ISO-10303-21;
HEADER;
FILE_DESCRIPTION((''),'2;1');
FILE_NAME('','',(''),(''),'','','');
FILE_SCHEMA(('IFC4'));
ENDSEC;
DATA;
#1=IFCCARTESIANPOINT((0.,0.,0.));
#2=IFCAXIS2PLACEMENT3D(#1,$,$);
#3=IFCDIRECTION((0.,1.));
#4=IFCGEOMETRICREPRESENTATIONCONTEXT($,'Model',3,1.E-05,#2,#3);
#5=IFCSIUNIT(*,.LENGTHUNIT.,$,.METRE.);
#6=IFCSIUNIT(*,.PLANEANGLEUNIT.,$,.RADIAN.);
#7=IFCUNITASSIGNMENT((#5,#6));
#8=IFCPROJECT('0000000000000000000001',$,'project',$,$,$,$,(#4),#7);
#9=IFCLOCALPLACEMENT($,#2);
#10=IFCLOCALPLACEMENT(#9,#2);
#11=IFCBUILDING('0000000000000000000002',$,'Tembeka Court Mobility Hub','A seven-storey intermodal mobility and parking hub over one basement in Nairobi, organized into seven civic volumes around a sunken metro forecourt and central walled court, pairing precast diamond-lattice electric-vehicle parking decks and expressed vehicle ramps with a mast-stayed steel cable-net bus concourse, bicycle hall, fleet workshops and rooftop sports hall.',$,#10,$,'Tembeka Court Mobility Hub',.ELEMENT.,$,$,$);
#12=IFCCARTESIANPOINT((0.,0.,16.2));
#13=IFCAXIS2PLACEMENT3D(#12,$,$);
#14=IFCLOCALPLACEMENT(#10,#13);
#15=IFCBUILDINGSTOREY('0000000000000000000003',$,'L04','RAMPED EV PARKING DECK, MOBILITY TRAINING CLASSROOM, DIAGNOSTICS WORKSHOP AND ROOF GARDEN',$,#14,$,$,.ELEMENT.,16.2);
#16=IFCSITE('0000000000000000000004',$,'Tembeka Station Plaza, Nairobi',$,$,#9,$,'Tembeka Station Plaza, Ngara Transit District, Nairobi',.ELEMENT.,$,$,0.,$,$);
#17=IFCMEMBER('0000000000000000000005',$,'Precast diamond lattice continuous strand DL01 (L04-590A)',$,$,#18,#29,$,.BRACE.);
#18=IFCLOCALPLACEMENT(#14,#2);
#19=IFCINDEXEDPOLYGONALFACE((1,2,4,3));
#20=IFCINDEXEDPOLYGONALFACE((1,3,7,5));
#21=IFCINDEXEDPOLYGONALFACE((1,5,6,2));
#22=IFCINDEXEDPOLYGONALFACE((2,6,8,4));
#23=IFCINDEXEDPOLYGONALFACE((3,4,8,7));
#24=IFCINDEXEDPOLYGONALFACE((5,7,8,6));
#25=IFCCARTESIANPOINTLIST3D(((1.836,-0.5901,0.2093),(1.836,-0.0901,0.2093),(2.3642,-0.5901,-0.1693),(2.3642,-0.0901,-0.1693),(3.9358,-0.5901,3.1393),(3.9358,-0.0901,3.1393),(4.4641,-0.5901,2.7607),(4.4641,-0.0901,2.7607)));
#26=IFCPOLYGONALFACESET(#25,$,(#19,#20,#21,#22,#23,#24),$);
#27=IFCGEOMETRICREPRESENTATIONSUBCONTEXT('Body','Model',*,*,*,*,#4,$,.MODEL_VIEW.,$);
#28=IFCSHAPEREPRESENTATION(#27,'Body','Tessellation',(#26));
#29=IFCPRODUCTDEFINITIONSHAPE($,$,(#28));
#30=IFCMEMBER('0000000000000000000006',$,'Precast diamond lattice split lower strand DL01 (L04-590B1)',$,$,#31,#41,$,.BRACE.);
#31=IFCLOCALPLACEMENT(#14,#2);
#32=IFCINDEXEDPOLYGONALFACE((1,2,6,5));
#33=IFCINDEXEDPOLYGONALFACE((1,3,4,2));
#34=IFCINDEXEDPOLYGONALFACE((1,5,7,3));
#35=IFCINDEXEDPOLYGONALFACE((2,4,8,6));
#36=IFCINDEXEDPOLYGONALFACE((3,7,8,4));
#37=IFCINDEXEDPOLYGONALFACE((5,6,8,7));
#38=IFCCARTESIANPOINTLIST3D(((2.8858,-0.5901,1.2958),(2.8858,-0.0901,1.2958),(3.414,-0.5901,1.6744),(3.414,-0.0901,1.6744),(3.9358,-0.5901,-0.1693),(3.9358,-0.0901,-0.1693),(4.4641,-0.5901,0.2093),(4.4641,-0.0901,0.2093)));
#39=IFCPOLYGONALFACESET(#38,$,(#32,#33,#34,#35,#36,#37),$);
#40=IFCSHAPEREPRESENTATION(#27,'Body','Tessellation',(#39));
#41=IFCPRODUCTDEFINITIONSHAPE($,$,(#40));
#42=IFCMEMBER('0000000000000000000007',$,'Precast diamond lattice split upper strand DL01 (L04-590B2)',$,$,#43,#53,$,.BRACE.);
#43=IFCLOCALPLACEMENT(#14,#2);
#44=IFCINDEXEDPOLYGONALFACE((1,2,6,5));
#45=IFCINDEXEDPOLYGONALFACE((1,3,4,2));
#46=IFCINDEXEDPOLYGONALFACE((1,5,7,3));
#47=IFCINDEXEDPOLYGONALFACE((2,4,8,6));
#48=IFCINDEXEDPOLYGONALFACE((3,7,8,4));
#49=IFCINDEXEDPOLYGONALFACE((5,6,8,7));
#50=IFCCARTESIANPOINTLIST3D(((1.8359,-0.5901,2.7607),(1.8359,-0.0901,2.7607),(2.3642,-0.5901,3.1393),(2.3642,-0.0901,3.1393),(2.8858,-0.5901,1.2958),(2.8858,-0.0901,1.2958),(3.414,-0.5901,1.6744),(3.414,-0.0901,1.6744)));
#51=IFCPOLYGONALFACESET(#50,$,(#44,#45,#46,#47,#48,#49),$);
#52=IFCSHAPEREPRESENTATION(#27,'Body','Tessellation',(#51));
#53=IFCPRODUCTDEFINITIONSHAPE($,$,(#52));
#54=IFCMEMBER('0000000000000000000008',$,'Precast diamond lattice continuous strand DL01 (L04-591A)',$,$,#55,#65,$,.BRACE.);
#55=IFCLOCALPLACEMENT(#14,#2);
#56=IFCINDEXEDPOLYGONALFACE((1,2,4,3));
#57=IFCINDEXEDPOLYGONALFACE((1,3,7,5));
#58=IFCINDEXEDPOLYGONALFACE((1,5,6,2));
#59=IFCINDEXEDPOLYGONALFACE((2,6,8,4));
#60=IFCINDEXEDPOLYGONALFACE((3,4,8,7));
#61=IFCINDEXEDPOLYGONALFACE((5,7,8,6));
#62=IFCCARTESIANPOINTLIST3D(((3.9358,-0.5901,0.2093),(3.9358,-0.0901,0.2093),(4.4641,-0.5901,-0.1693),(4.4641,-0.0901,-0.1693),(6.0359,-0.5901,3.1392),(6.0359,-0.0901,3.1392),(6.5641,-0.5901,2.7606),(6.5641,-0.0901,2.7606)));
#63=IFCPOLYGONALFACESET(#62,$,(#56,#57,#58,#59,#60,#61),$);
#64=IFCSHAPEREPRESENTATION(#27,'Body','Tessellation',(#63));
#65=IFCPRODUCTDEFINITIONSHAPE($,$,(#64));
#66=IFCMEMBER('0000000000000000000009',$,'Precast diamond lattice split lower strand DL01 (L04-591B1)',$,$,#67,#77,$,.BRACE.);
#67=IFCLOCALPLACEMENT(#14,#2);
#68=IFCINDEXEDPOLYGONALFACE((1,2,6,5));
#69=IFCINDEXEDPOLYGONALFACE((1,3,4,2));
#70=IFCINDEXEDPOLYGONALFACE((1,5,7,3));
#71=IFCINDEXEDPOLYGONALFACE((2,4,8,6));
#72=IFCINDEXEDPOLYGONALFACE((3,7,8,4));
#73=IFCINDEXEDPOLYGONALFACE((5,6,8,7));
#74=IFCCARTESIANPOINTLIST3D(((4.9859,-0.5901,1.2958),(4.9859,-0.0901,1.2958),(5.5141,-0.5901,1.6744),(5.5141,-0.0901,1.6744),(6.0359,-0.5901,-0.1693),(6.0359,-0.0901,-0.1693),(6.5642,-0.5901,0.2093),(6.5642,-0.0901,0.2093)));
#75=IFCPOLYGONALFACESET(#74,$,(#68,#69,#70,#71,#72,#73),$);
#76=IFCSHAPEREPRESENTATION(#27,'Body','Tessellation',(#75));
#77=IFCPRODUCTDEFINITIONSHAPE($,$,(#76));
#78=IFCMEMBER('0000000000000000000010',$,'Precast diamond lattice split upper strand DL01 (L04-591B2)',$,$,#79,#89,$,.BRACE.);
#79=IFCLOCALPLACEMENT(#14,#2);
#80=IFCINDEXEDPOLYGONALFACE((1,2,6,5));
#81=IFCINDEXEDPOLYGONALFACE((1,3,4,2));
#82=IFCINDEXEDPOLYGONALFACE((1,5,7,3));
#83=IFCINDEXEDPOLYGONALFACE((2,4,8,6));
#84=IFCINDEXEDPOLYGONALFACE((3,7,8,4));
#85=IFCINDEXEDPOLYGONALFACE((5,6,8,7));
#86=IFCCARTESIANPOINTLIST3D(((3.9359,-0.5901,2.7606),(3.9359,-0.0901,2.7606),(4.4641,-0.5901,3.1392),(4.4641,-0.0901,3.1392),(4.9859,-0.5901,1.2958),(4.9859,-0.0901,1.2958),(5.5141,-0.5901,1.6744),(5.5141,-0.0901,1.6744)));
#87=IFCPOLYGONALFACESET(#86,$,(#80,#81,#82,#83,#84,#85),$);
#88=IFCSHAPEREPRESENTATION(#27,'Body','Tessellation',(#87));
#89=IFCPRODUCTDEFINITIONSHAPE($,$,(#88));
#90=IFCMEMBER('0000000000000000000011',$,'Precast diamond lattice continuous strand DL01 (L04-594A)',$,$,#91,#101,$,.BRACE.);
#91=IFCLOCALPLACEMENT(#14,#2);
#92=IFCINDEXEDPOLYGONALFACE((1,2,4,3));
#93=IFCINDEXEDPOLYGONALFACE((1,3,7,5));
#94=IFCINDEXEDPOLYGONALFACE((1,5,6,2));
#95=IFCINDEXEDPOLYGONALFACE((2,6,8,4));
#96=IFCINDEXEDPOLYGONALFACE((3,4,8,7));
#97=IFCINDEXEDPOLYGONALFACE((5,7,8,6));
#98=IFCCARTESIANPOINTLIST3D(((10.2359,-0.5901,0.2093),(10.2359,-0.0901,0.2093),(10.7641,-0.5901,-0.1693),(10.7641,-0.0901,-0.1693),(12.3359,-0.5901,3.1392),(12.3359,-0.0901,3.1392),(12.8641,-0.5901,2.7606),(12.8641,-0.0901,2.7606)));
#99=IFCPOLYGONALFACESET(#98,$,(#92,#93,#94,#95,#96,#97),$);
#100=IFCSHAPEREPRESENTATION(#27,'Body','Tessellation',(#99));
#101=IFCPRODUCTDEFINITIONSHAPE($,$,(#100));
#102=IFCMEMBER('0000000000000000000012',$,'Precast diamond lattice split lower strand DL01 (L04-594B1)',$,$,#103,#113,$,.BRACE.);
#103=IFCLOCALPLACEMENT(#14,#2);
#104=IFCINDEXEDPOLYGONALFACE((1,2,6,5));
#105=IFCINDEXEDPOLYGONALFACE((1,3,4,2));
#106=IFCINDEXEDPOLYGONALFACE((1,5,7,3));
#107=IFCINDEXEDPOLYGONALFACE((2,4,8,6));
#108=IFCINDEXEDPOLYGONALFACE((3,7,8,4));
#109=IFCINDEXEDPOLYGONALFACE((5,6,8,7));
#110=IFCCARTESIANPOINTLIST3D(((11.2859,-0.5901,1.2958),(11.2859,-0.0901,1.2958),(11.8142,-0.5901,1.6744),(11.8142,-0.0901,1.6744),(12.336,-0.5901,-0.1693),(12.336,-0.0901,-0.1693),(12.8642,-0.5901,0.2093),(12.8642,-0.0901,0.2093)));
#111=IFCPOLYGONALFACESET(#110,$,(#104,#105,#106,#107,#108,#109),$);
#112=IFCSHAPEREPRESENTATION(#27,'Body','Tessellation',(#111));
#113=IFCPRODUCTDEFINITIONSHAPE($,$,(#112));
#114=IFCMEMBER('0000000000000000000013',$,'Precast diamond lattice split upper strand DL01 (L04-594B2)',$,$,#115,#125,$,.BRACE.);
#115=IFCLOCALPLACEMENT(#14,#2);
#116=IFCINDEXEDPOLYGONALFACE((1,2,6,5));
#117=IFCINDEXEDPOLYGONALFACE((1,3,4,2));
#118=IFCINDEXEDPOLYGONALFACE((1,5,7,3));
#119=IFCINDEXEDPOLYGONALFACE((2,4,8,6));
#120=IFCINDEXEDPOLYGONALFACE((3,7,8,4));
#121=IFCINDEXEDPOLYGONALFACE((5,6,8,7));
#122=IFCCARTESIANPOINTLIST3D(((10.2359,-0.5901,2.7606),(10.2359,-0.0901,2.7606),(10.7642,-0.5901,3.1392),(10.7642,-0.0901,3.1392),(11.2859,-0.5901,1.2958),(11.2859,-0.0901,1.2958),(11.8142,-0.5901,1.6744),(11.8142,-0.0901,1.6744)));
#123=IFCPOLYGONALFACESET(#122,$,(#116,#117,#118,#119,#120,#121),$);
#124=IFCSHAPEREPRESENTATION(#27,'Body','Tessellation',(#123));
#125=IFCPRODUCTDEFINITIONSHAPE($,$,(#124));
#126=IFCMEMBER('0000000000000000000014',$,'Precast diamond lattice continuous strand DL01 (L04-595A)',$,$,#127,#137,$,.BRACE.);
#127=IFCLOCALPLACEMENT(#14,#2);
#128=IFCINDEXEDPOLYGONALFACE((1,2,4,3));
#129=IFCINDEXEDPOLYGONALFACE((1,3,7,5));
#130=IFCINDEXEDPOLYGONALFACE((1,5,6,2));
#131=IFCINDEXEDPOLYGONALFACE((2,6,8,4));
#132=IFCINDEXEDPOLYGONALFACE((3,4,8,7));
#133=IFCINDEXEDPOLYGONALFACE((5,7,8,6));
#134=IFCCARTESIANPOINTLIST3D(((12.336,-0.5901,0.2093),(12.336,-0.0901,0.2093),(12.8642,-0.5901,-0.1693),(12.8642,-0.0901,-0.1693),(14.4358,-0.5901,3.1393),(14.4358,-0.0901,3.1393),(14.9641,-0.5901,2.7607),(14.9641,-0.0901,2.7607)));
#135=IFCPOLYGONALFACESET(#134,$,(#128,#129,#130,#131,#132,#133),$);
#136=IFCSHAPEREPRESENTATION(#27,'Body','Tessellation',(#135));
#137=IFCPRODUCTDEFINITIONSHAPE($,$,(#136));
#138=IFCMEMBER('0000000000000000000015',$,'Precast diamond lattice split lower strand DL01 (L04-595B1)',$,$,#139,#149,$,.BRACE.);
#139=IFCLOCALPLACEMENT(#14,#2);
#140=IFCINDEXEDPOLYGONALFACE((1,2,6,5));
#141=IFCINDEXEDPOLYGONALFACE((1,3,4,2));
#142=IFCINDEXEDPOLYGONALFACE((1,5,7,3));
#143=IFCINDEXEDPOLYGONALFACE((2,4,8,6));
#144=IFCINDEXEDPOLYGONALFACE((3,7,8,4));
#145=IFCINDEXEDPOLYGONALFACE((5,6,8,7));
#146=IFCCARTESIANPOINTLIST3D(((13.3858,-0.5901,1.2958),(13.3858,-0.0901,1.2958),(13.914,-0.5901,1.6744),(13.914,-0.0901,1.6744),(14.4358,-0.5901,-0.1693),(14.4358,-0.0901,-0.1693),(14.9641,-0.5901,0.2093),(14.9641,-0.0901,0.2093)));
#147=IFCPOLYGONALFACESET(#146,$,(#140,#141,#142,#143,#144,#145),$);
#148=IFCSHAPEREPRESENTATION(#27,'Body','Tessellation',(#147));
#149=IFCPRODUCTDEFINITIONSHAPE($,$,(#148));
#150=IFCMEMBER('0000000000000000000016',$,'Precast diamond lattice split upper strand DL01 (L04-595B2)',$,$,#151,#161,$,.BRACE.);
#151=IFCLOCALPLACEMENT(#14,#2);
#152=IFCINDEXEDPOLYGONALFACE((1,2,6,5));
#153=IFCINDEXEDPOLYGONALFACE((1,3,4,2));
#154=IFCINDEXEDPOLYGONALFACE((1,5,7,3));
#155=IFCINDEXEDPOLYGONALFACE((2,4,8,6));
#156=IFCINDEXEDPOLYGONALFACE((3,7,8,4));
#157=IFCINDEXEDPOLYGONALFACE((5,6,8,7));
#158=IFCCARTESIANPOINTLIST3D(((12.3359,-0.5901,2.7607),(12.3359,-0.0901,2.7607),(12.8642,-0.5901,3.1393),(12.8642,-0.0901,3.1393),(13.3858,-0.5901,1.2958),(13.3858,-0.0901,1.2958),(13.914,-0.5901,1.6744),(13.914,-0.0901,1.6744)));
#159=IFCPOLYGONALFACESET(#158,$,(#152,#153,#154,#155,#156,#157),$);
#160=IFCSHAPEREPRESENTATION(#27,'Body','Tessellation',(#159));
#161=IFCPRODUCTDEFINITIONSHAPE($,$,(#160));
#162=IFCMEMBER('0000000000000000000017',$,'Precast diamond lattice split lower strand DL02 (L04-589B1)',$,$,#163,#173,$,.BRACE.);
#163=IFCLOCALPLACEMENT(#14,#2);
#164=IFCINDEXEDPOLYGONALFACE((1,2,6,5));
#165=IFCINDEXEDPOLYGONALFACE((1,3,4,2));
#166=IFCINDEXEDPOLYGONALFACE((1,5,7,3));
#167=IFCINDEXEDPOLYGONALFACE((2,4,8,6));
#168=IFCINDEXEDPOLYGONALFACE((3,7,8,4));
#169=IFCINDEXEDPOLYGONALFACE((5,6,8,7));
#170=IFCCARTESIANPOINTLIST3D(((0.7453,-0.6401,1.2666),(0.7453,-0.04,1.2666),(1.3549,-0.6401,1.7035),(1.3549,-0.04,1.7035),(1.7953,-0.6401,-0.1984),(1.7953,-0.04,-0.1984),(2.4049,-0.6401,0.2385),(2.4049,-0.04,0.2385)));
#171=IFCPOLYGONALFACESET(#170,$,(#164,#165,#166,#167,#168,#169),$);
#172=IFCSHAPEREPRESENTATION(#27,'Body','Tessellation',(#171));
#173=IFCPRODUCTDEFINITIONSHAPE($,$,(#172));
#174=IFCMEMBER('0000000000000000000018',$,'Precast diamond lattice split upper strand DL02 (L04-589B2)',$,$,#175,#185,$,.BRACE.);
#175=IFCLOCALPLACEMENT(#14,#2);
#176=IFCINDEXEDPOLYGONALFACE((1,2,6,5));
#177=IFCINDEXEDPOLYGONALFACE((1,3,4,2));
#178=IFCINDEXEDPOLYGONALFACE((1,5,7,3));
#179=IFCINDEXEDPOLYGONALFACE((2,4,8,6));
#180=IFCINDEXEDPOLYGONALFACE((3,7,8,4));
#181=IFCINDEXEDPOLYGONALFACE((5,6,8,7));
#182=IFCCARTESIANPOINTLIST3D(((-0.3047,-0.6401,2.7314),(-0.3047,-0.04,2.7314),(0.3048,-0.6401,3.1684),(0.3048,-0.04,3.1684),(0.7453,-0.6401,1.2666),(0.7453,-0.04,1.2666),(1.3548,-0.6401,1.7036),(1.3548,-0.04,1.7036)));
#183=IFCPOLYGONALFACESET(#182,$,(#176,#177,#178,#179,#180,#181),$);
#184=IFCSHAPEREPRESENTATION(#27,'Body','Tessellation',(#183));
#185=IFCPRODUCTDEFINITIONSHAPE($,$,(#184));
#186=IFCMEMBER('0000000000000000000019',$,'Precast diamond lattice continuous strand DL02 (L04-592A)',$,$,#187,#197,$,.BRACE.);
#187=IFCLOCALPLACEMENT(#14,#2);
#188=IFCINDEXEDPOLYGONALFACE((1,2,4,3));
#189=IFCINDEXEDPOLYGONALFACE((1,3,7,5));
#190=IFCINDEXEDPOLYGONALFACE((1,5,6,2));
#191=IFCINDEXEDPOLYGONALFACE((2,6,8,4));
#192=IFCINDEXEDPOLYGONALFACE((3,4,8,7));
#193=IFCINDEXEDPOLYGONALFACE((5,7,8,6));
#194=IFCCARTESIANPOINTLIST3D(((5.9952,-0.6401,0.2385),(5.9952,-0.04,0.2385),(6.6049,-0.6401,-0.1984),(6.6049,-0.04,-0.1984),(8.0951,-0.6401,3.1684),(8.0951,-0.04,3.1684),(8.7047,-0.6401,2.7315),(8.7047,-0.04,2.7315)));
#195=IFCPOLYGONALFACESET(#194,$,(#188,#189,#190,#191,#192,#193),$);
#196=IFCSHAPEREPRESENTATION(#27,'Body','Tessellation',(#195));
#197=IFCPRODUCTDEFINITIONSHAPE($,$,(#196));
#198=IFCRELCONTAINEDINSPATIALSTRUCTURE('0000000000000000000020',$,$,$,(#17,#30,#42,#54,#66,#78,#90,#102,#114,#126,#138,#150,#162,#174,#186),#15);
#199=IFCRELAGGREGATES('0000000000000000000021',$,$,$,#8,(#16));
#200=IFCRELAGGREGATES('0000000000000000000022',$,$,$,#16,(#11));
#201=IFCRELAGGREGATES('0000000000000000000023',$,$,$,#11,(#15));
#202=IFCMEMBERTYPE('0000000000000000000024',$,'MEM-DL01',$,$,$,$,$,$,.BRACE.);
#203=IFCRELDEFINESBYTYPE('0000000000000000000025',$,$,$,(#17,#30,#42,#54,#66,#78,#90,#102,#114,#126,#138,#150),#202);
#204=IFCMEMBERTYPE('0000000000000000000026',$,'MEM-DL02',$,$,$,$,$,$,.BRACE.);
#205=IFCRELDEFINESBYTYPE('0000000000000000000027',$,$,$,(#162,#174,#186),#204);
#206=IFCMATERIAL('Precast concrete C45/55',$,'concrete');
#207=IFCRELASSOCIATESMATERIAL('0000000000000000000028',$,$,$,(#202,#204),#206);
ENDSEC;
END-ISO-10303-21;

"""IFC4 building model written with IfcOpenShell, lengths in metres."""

from ifc_helpers import new_model, si_unit, direction, frame, origin, origin_2d, place, context, subcontext, project, spatial, rectangle, extrude, material, material_profile, profile_set, type_object, element, save


model = new_model("IFC4")

# Units and contexts
model_context = context("Model", 3, precision=1e-05, world=origin(), true_north=direction((0.0, 1.0)))
body_context = subcontext(model_context, "Body", "Model", "MODEL_VIEW")
ifc_project = project(units=[si_unit("LENGTHUNIT", "METRE"), si_unit("PLANEANGLEUNIT", "RADIAN")], contexts=[model_context])

# Site, building, storey
site_placement = place(None, origin())
site = spatial("IfcSite", under=ifc_project, at=site_placement, Name="Tembeka Station Plaza, Nairobi", LongName="Tembeka Station Plaza, Ngara Transit District, Nairobi", CompositionType="ELEMENT", RefElevation=0.0)
building_placement = place(site_placement, origin())
building = spatial("IfcBuilding", under=site, at=building_placement, Name="Tembeka Court Mobility Hub", Description="A seven-storey intermodal mobility and parking hub over one basement in Nairobi, organized into seven civic volumes around a sunken metro forecourt and central walled court, pairing precast diamond-lattice electric-vehicle parking decks and expressed vehicle ramps with a mast-stayed steel cable-net bus concourse, bicycle hall, fleet workshops and rooftop sports hall.", LongName="Tembeka Court Mobility Hub", CompositionType="ELEMENT")
storey_placement = place(building_placement, frame((0.0, 0.0, 16.2)))
storey = spatial("IfcBuildingStorey", under=building, at=storey_placement, Name="L04", Description="RAMPED EV PARKING DECK, MOBILITY TRAINING CLASSROOM, DIAGNOSTICS WORKSHOP AND ROOF GARDEN", CompositionType="ELEMENT", Elevation=16.2)

# Members
ifc_material_1 = material(Name="Precast concrete C45/55", Category="concrete")
ifc_material_profile_1 = material_profile(ifc_material_1, rectangle(XDim=0.5, YDim=0.6499, at=origin_2d()), Name="PC-DIAG 500x650")
ifc_profile_set_1 = profile_set([ifc_material_profile_1], Name="Precast concrete C45/55")
member_type_1 = type_object("IfcMemberType", Name="MEM-DL01", PredefinedType="BRACE", material=ifc_profile_set_1)
member_1_placement = place(storey_placement, frame((2.1001, -0.3401, 0.02), z_axis=(0.582532, 0.0, 0.812808), x_axis=(0.0, 1.0, 0.0)))
element("IfcMember", 1, at=member_1_placement, inside=storey, type_object=member_type_1, Name="Precast diamond lattice continuous strand DL01 (L04-590A)", PredefinedType="BRACE", context=body_context, shape_type="SweptSolid", body=[
    extrude(rectangle(XDim=0.5, YDim=0.6499, at=origin_2d()), origin(), (0.0, 0.0, 1.0), 3.6047),
])
member_2_placement = place(storey_placement, frame((4.2, -0.3401, 0.02), z_axis=(-0.582544, 0.0, 0.812799), x_axis=(0.0, -1.0, 0.0)))
element("IfcMember", 2, at=member_2_placement, inside=storey, type_object=member_type_1, Name="Precast diamond lattice split lower strand DL01 (L04-590B1)", PredefinedType="BRACE", context=body_context, shape_type="SweptSolid", body=[
    extrude(rectangle(XDim=0.5, YDim=0.6499, at=origin_2d()), origin(), (0.0, 0.0, 1.0), 1.8025),
])
member_3_placement = place(storey_placement, frame((3.1499, -0.3401, 1.4851), z_axis=(-0.582519, 0.0, 0.812817), x_axis=(0.0, -1.0, 0.0)))
element("IfcMember", 3, at=member_3_placement, inside=storey, type_object=member_type_1, Name="Precast diamond lattice split upper strand DL01 (L04-590B2)", PredefinedType="BRACE", context=body_context, shape_type="SweptSolid", body=[
    extrude(rectangle(XDim=0.5, YDim=0.6499, at=origin_2d()), origin(), (0.0, 0.0, 1.0), 1.8022),
])
member_4_placement = place(storey_placement, frame((4.2, -0.3401, 0.02), z_axis=(0.582576, 0.0, 0.812776), x_axis=(0.0, 1.0, 0.0)))
element("IfcMember", 4, at=member_4_placement, inside=storey, type_object=member_type_1, Name="Precast diamond lattice continuous strand DL01 (L04-591A)", PredefinedType="BRACE", context=body_context, shape_type="SweptSolid", body=[
    extrude(rectangle(XDim=0.5, YDim=0.6499, at=origin_2d()), origin(), (0.0, 0.0, 1.0), 3.6047),
])
member_5_placement = place(storey_placement, frame((6.3, -0.3401, 0.02), z_axis=(-0.582544, 0.0, 0.812799), x_axis=(0.0, -1.0, 0.0)))
element("IfcMember", 5, at=member_5_placement, inside=storey, type_object=member_type_1, Name="Precast diamond lattice split lower strand DL01 (L04-591B1)", PredefinedType="BRACE", context=body_context, shape_type="SweptSolid", body=[
    extrude(rectangle(XDim=0.5, YDim=0.6499, at=origin_2d()), origin(), (0.0, 0.0, 1.0), 1.8025),
])
member_6_placement = place(storey_placement, frame((5.25, -0.3401, 1.4851), z_axis=(-0.582608, 0.0, 0.812753), x_axis=(0.0, -1.0, 0.0)))
element("IfcMember", 6, at=member_6_placement, inside=storey, type_object=member_type_1, Name="Precast diamond lattice split upper strand DL01 (L04-591B2)", PredefinedType="BRACE", context=body_context, shape_type="SweptSolid", body=[
    extrude(rectangle(XDim=0.5, YDim=0.6499, at=origin_2d()), origin(), (0.0, 0.0, 1.0), 1.8022),
])
member_7_placement = place(storey_placement, frame((10.5, -0.3401, 0.02), z_axis=(0.582576, 0.0, 0.812776), x_axis=(0.0, 1.0, 0.0)))
element("IfcMember", 7, at=member_7_placement, inside=storey, type_object=member_type_1, Name="Precast diamond lattice continuous strand DL01 (L04-594A)", PredefinedType="BRACE", context=body_context, shape_type="SweptSolid", body=[
    extrude(rectangle(XDim=0.5, YDim=0.6499, at=origin_2d()), origin(), (0.0, 0.0, 1.0), 3.6047),
])
member_8_placement = place(storey_placement, frame((12.6001, -0.3401, 0.02), z_axis=(-0.582544, 0.0, 0.812799), x_axis=(0.0, -1.0, 0.0)))
element("IfcMember", 8, at=member_8_placement, inside=storey, type_object=member_type_1, Name="Precast diamond lattice split lower strand DL01 (L04-594B1)", PredefinedType="BRACE", context=body_context, shape_type="SweptSolid", body=[
    extrude(rectangle(XDim=0.5, YDim=0.6499, at=origin_2d()), origin(), (0.0, 0.0, 1.0), 1.8025),
])
member_9_placement = place(storey_placement, frame((11.55, -0.3401, 1.4851), z_axis=(-0.582608, 0.0, 0.812753), x_axis=(0.0, -1.0, 0.0)))
element("IfcMember", 9, at=member_9_placement, inside=storey, type_object=member_type_1, Name="Precast diamond lattice split upper strand DL01 (L04-594B2)", PredefinedType="BRACE", context=body_context, shape_type="SweptSolid", body=[
    extrude(rectangle(XDim=0.5, YDim=0.6499, at=origin_2d()), origin(), (0.0, 0.0, 1.0), 1.8022),
])
member_10_placement = place(storey_placement, frame((12.6001, -0.3401, 0.02), z_axis=(0.582532, 0.0, 0.812808), x_axis=(0.0, 1.0, 0.0)))
element("IfcMember", 10, at=member_10_placement, inside=storey, type_object=member_type_1, Name="Precast diamond lattice continuous strand DL01 (L04-595A)", PredefinedType="BRACE", context=body_context, shape_type="SweptSolid", body=[
    extrude(rectangle(XDim=0.5, YDim=0.6499, at=origin_2d()), origin(), (0.0, 0.0, 1.0), 3.6047),
])
member_11_placement = place(storey_placement, frame((14.7, -0.3401, 0.02), z_axis=(-0.582544, 0.0, 0.812799), x_axis=(0.0, -1.0, 0.0)))
element("IfcMember", 11, at=member_11_placement, inside=storey, type_object=member_type_1, Name="Precast diamond lattice split lower strand DL01 (L04-595B1)", PredefinedType="BRACE", context=body_context, shape_type="SweptSolid", body=[
    extrude(rectangle(XDim=0.5, YDim=0.6499, at=origin_2d()), origin(), (0.0, 0.0, 1.0), 1.8025),
])
member_12_placement = place(storey_placement, frame((13.6499, -0.3401, 1.4851), z_axis=(-0.582519, 0.0, 0.812817), x_axis=(0.0, -1.0, 0.0)))
element("IfcMember", 12, at=member_12_placement, inside=storey, type_object=member_type_1, Name="Precast diamond lattice split upper strand DL01 (L04-595B2)", PredefinedType="BRACE", context=body_context, shape_type="SweptSolid", body=[
    extrude(rectangle(XDim=0.5, YDim=0.6499, at=origin_2d()), origin(), (0.0, 0.0, 1.0), 1.8022),
])
ifc_material_profile_2 = material_profile(ifc_material_1, rectangle(XDim=0.6001, YDim=0.75, at=origin_2d()), Name="PC-DIAG 600x750")
ifc_profile_set_2 = profile_set([ifc_material_profile_2], Name="Precast concrete C45/55")
member_type_2 = type_object("IfcMemberType", Name="MEM-DL02", PredefinedType="BRACE", material=ifc_profile_set_2)
member_13_placement = place(storey_placement, frame((2.1001, -0.3401, 0.02), z_axis=(-0.582544, 0.0, 0.812799), x_axis=(0.0, -1.0, 0.0)))
element("IfcMember", 13, at=member_13_placement, inside=storey, type_object=member_type_2, Name="Precast diamond lattice split lower strand DL02 (L04-589B1)", PredefinedType="BRACE", context=body_context, shape_type="SweptSolid", body=[
    extrude(rectangle(XDim=0.6001, YDim=0.75, at=origin_2d()), origin(), (0.0, 0.0, 1.0), 1.8025),
])
member_14_placement = place(storey_placement, frame((1.05, -0.3401, 1.4851), z_axis=(-0.582608, 0.0, 0.812753), x_axis=(0.0, -1.0, 0.0)))
element("IfcMember", 14, at=member_14_placement, inside=storey, type_object=member_type_2, Name="Precast diamond lattice split upper strand DL02 (L04-589B2)", PredefinedType="BRACE", context=body_context, shape_type="SweptSolid", body=[
    extrude(rectangle(XDim=0.6001, YDim=0.75, at=origin_2d()), origin(), (0.0, 0.0, 1.0), 1.8022),
])
member_15_placement = place(storey_placement, frame((6.3, -0.3401, 0.02), z_axis=(0.582532, 0.0, 0.812808), x_axis=(0.0, 1.0, 0.0)))
element("IfcMember", 15, at=member_15_placement, inside=storey, type_object=member_type_2, Name="Precast diamond lattice continuous strand DL02 (L04-592A)", PredefinedType="BRACE", context=body_context, shape_type="SweptSolid", body=[
    extrude(rectangle(XDim=0.6001, YDim=0.75, at=origin_2d()), origin(), (0.0, 0.0, 1.0), 3.6047),
])

save(model, "model.ifc")
